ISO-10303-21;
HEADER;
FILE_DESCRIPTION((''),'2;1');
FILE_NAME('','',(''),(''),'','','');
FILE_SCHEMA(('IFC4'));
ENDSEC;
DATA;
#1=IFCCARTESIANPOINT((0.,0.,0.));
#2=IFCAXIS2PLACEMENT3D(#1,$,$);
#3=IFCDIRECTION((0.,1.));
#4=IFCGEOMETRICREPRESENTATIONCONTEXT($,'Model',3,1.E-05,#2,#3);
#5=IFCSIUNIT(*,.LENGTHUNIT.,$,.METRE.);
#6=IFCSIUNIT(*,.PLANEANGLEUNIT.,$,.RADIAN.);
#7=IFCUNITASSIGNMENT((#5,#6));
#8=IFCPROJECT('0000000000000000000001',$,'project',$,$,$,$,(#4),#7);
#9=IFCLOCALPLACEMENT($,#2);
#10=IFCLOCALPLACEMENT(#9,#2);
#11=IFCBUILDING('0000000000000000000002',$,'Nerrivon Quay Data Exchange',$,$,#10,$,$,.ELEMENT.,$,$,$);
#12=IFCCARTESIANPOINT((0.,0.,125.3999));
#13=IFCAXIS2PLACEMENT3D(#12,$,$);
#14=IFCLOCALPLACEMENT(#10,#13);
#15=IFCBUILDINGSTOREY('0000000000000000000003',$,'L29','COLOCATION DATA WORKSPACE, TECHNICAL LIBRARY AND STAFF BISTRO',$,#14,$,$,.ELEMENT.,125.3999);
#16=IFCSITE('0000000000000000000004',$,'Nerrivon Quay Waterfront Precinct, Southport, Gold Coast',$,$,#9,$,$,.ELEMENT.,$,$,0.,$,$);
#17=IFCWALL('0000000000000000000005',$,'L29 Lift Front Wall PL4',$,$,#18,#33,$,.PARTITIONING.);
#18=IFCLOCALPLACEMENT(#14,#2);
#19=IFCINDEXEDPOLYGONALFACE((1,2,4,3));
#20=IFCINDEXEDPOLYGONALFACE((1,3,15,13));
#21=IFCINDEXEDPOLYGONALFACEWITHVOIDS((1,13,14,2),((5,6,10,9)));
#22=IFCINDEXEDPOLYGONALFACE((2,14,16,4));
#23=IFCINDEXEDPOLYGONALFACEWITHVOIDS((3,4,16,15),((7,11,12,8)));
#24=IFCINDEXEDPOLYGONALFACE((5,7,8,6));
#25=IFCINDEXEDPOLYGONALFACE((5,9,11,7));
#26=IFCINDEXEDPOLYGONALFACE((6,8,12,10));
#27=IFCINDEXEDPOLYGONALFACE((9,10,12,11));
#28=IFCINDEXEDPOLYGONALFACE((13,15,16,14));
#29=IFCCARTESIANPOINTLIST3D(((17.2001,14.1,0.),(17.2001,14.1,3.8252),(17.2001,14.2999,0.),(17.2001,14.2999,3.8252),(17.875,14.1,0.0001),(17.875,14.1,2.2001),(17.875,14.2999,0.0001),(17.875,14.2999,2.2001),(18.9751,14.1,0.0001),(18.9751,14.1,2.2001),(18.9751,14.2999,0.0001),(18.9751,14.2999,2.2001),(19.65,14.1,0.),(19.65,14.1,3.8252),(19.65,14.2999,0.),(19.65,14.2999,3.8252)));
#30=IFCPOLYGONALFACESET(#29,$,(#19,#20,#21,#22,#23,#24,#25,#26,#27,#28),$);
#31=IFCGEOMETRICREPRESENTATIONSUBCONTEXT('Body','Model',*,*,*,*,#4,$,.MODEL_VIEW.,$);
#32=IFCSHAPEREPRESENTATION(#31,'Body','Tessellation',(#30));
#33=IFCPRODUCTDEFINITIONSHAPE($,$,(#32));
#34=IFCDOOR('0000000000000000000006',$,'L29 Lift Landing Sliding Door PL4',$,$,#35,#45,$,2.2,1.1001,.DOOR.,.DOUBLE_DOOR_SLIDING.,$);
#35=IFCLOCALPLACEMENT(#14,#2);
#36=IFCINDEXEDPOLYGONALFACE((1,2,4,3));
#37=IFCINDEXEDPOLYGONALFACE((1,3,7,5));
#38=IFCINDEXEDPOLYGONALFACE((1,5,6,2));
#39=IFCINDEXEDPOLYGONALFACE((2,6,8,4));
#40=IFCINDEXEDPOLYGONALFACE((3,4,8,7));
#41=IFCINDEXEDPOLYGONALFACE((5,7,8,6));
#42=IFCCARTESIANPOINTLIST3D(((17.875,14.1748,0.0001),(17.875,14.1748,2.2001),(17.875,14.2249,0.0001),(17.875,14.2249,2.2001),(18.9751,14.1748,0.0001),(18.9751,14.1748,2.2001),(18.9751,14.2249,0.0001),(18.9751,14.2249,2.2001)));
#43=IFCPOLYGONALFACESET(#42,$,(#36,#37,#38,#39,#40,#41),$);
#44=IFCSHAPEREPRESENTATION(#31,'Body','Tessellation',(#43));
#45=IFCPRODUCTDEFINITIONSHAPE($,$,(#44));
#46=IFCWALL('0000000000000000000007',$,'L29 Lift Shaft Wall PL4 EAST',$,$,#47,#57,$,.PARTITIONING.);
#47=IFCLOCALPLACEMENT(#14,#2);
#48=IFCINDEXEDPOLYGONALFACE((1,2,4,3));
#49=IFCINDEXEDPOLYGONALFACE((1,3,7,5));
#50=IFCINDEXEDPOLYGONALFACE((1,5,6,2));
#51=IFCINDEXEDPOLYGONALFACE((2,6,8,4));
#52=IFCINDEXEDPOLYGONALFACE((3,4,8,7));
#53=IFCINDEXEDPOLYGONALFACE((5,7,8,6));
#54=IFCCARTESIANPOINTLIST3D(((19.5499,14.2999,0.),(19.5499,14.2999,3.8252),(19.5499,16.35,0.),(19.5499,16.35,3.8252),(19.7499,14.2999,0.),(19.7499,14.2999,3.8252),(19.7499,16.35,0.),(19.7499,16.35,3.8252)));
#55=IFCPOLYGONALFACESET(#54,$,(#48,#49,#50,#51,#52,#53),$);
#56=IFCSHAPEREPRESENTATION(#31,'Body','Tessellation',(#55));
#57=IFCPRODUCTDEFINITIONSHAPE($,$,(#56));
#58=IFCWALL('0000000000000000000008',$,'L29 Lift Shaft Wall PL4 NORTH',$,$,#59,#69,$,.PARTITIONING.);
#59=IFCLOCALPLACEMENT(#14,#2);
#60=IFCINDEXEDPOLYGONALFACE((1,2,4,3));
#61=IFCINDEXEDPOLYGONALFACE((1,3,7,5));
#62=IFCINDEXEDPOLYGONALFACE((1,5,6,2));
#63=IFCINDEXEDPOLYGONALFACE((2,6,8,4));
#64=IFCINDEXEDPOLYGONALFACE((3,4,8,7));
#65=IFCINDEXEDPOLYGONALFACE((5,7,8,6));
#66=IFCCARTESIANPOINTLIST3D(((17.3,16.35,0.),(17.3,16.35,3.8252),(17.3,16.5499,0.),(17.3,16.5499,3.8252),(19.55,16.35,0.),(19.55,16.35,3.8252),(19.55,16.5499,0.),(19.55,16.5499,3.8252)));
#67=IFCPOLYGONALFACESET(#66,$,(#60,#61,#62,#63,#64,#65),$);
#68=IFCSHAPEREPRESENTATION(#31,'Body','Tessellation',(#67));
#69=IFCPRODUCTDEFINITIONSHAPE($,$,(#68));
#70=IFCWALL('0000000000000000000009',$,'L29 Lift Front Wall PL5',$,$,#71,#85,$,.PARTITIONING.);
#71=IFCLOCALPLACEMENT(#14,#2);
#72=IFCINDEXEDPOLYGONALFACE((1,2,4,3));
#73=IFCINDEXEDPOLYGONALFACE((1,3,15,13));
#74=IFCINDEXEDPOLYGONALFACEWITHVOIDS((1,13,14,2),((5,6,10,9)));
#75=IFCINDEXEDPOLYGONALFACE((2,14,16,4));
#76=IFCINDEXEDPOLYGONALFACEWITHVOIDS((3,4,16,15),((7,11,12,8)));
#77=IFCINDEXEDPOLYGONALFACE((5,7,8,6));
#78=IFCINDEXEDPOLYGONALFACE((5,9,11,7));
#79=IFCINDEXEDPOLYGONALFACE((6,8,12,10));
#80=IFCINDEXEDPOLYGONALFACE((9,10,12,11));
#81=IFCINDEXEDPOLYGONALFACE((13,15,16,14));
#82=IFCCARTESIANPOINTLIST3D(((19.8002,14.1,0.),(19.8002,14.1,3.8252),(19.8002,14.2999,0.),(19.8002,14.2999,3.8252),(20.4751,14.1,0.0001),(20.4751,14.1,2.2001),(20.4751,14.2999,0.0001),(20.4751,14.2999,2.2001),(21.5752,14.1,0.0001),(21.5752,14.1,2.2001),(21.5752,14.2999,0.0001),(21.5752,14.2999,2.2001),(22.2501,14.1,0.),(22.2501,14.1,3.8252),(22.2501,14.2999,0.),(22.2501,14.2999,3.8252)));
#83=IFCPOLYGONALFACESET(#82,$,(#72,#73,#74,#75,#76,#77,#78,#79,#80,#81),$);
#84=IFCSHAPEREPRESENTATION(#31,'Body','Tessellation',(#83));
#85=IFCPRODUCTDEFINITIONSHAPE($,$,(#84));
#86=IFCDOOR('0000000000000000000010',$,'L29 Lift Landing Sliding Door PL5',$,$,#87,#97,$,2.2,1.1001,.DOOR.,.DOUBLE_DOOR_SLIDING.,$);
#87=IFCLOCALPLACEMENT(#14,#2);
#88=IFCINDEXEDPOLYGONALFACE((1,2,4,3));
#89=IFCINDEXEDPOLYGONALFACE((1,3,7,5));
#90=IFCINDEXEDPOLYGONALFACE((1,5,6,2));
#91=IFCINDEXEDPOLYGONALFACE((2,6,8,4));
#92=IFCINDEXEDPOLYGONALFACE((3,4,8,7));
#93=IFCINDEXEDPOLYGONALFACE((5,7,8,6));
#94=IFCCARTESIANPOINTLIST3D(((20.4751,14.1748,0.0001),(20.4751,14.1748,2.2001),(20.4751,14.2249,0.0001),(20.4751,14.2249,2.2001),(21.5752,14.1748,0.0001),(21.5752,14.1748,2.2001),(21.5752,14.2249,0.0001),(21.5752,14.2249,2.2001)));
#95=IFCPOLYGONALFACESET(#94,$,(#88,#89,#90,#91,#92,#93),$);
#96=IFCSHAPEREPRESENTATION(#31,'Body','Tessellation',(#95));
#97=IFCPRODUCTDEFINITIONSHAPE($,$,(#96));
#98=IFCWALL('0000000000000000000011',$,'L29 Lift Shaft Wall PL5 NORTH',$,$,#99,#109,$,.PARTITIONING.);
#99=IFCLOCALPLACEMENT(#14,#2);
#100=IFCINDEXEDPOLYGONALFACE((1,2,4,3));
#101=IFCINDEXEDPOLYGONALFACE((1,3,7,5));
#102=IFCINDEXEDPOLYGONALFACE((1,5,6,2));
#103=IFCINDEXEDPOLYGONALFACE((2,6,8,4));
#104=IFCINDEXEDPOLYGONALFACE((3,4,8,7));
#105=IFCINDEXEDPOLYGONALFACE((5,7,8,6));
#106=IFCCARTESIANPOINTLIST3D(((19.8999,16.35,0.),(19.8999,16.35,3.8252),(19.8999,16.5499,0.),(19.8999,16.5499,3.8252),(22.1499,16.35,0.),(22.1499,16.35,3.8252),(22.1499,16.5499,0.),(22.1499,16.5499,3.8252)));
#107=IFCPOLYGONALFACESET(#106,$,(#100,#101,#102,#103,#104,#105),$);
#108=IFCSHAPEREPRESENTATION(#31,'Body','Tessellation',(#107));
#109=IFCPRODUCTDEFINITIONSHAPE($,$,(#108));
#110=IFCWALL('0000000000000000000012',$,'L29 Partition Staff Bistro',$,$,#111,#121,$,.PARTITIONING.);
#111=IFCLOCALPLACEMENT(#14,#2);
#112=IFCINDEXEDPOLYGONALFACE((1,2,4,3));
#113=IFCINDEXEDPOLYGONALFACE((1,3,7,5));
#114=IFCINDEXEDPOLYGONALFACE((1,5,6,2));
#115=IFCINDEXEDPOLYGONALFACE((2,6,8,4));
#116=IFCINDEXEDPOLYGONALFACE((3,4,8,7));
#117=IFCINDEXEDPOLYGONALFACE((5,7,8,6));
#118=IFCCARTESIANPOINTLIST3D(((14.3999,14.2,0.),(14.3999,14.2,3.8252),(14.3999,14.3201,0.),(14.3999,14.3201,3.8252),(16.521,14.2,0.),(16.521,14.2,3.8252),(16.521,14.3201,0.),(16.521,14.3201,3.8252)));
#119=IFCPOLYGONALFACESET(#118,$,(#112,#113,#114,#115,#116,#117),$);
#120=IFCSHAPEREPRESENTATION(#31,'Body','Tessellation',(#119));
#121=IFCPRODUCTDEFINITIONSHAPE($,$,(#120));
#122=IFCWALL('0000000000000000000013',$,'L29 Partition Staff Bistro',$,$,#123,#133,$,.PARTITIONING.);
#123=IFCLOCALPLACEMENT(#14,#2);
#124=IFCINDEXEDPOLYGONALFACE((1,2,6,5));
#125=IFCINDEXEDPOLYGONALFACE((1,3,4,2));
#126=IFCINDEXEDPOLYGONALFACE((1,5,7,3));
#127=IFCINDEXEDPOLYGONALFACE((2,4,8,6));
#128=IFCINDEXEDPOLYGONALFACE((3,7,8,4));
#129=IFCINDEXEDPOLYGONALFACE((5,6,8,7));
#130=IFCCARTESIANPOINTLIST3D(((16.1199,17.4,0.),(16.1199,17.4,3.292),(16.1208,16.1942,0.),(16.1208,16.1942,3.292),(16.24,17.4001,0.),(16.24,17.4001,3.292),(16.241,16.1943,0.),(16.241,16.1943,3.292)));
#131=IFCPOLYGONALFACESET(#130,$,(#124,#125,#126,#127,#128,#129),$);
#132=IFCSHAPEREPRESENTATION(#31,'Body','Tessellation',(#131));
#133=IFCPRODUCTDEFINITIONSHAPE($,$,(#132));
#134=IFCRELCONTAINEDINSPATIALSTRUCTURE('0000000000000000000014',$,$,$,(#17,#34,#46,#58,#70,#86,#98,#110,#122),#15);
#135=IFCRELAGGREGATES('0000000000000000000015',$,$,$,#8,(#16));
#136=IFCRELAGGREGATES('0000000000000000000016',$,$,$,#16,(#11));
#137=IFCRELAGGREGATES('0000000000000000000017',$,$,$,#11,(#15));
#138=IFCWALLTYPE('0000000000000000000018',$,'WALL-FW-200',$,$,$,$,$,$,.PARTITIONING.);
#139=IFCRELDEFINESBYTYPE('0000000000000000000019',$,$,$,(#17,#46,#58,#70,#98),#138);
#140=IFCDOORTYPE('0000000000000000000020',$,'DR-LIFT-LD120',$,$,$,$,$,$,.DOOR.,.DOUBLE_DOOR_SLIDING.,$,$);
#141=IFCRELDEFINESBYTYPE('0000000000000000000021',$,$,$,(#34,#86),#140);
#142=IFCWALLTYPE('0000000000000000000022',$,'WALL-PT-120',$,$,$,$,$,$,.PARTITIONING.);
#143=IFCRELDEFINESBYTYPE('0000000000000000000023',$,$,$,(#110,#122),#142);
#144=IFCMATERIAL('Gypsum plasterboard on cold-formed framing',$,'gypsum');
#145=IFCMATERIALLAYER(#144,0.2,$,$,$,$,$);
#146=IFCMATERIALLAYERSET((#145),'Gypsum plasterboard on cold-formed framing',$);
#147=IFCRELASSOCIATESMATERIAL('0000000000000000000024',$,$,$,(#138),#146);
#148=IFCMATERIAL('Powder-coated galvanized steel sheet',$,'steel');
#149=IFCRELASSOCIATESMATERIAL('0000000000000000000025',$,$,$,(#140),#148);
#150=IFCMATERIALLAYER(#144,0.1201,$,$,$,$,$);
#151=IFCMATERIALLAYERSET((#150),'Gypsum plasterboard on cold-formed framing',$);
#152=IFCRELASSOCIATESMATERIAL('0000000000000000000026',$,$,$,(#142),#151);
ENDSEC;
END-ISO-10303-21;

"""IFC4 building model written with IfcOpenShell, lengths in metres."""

from ifc_helpers import new_model, si_unit, direction, frame, frame_2d, origin, place, context, subcontext, project, spatial, rectangle, extrude, material, layer, layer_set, type_object, element, fill, save


model = new_model("IFC4")

# Units and contexts
model_context = context("Model", 3, precision=1e-05, world=origin(), true_north=direction((0.0, 1.0)))
body_context = subcontext(model_context, "Body", "Model", "MODEL_VIEW")
ifc_project = project(units=[si_unit("LENGTHUNIT", "METRE"), si_unit("PLANEANGLEUNIT", "RADIAN")], contexts=[model_context])

# Site, building, storey
site_placement = place(None, origin())
site = spatial("IfcSite", under=ifc_project, at=site_placement, Name="Nerrivon Quay Waterfront Precinct, Southport, Gold Coast", CompositionType="ELEMENT", RefElevation=0.0)
building_placement = place(site_placement, origin())
building = spatial("IfcBuilding", under=site, at=building_placement, Name="Nerrivon Quay Data Exchange", CompositionType="ELEMENT")
storey_placement = place(building_placement, frame((0.0, 0.0, 125.3999)))
storey = spatial("IfcBuildingStorey", under=building, at=storey_placement, Name="L29", Description="COLOCATION DATA WORKSPACE, TECHNICAL LIBRARY AND STAFF BISTRO", CompositionType="ELEMENT", Elevation=125.3999)

# Shared definitions
ifc_material_1 = material(Name="Powder-coated galvanized steel sheet", Category="steel")
ifc_material_2 = material(Name="Gypsum plasterboard on cold-formed framing", Category="gypsum")
ifc_layer_1 = layer(ifc_material_2, 0.2)
ifc_layer_set_1 = layer_set([ifc_layer_1], Name="Gypsum plasterboard on cold-formed framing")
wall_type_1 = type_object("IfcWallType", Name="WALL-FW-200", PredefinedType="PARTITIONING", material=ifc_layer_set_1)
door_type_1 = type_object("IfcDoorType", Name="DR-LIFT-LD120", OperationType="DOUBLE_DOOR_SLIDING", PredefinedType="DOOR", material=ifc_material_1)

# Wall, opening, door
wall_1_placement = place(storey_placement, frame((17.2, 14.2, 0.0), z_axis=(0.0, 0.0, 1.0), x_axis=(1.0, 0.0, 0.0)))
wall_1 = element("IfcWall", 1, at=wall_1_placement, inside=storey, type_object=wall_type_1, Name="L29 Lift Front Wall PL4", PredefinedType="PARTITIONING", context=body_context, shape_type="SweptSolid", body=[
    extrude(rectangle(XDim=2.45, YDim=0.2, at=frame_2d((1.2251, 0.0))), origin(), (0.0, 0.0, 1.0), 3.8252),
])
opening_1_placement = place(wall_1_placement, frame((0.675, 0.0, 0.0)))
opening_1 = element("IfcOpeningElement", 2, at=opening_1_placement, cuts=wall_1, PredefinedType="OPENING", context=body_context, shape_type="SweptSolid", body=[
    extrude(rectangle(XDim=1.1001, YDim=2.2, at=frame_2d((0.55, 1.1001))), frame((0.0, 0.1099, 0.0), z_axis=(0.0, -1.0, 0.0), x_axis=(1.0, 0.0, 0.0)), (0.0, 0.0, 1.0), 0.22),
])
door_1_placement = place(opening_1_placement, origin())
door_1 = element("IfcDoor", 3, at=door_1_placement, inside=storey, type_object=door_type_1, Name="L29 Lift Landing Sliding Door PL4", OperationType="DOUBLE_DOOR_SLIDING", OverallHeight=2.2, OverallWidth=1.1001, PredefinedType="DOOR", context=body_context, shape_type="SweptSolid", body=[
    extrude(rectangle(XDim=1.1001, YDim=2.2, at=frame_2d((0.55, 1.1001))), frame((0.0, 0.0249, 0.0), z_axis=(0.0, -1.0, 0.0), x_axis=(1.0, 0.0, 0.0)), (0.0, 0.0, 1.0), 0.05),
])
fill(opening_1, door_1)

# Walls
wall_2_placement = place(storey_placement, frame((19.6499, 14.3, 0.0), z_axis=(0.0, 0.0, 1.0), x_axis=(0.0, 1.0, 0.0)))
element("IfcWall", 4, at=wall_2_placement, inside=storey, type_object=wall_type_1, Name="L29 Lift Shaft Wall PL4 EAST", PredefinedType="PARTITIONING", context=body_context, shape_type="SweptSolid", body=[
    extrude(rectangle(XDim=2.05, YDim=0.2, at=frame_2d((1.0249, 0.0))), origin(), (0.0, 0.0, 1.0), 3.8252),
])
wall_3_placement = place(storey_placement, frame((17.3, 16.45, 0.0), z_axis=(0.0, 0.0, 1.0), x_axis=(1.0, 0.0, 0.0)))
element("IfcWall", 5, at=wall_3_placement, inside=storey, type_object=wall_type_1, Name="L29 Lift Shaft Wall PL4 NORTH", PredefinedType="PARTITIONING", context=body_context, shape_type="SweptSolid", body=[
    extrude(rectangle(XDim=2.25, YDim=0.2, at=frame_2d((1.125, 0.0))), origin(), (0.0, 0.0, 1.0), 3.8252),
])

# Wall, opening, door
wall_4_placement = place(storey_placement, frame((19.8, 14.2, 0.0), z_axis=(0.0, 0.0, 1.0), x_axis=(1.0, 0.0, 0.0)))
wall_4 = element("IfcWall", 6, at=wall_4_placement, inside=storey, type_object=wall_type_1, Name="L29 Lift Front Wall PL5", PredefinedType="PARTITIONING", context=body_context, shape_type="SweptSolid", body=[
    extrude(rectangle(XDim=2.45, YDim=0.2, at=frame_2d((1.2251, 0.0))), origin(), (0.0, 0.0, 1.0), 3.8252),
])
opening_2_placement = place(wall_4_placement, frame((0.675, 0.0, 0.0)))
opening_2 = element("IfcOpeningElement", 7, at=opening_2_placement, cuts=wall_4, PredefinedType="OPENING", context=body_context, shape_type="SweptSolid", body=[
    extrude(rectangle(XDim=1.1001, YDim=2.2, at=frame_2d((0.55, 1.1001))), frame((0.0, 0.1099, 0.0), z_axis=(0.0, -1.0, 0.0), x_axis=(1.0, 0.0, 0.0)), (0.0, 0.0, 1.0), 0.22),
])
door_2_placement = place(opening_2_placement, origin())
door_2 = element("IfcDoor", 8, at=door_2_placement, inside=storey, type_object=door_type_1, Name="L29 Lift Landing Sliding Door PL5", OperationType="DOUBLE_DOOR_SLIDING", OverallHeight=2.2, OverallWidth=1.1001, PredefinedType="DOOR", context=body_context, shape_type="SweptSolid", body=[
    extrude(rectangle(XDim=1.1001, YDim=2.2, at=frame_2d((0.55, 1.1001))), frame((0.0, 0.0249, 0.0), z_axis=(0.0, -1.0, 0.0), x_axis=(1.0, 0.0, 0.0)), (0.0, 0.0, 1.0), 0.05),
])
fill(opening_2, door_2)

# Walls
wall_5_placement = place(storey_placement, frame((19.8999, 16.45, 0.0), z_axis=(0.0, 0.0, 1.0), x_axis=(1.0, 0.0, 0.0)))
element("IfcWall", 9, at=wall_5_placement, inside=storey, type_object=wall_type_1, Name="L29 Lift Shaft Wall PL5 NORTH", PredefinedType="PARTITIONING", context=body_context, shape_type="SweptSolid", body=[
    extrude(rectangle(XDim=2.25, YDim=0.2, at=frame_2d((1.125, 0.0))), origin(), (0.0, 0.0, 1.0), 3.8252),
])
ifc_layer_2 = layer(ifc_material_2, 0.1201)
ifc_layer_set_2 = layer_set([ifc_layer_2], Name="Gypsum plasterboard on cold-formed framing")
wall_type_2 = type_object("IfcWallType", Name="WALL-PT-120", PredefinedType="PARTITIONING", material=ifc_layer_set_2)
wall_6_placement = place(storey_placement, frame((14.3999, 14.26, 0.0), z_axis=(0.0, 0.0, 1.0), x_axis=(1.0, 0.0, 0.0)))
element("IfcWall", 10, at=wall_6_placement, inside=storey, type_object=wall_type_2, Name="L29 Partition Staff Bistro", PredefinedType="PARTITIONING", context=body_context, shape_type="SweptSolid", body=[
    extrude(rectangle(XDim=2.1211, YDim=0.1201, at=frame_2d((1.0605, 0.0))), origin(), (0.0, 0.0, 1.0), 3.8252),
])
wall_7_placement = place(storey_placement, frame((16.1809, 16.1941, 0.0), z_axis=(0.0, 0.0, 1.0), x_axis=(-0.00081, 1.0, 0.0)))
element("IfcWall", 11, at=wall_7_placement, inside=storey, type_object=wall_type_2, Name="L29 Partition Staff Bistro", PredefinedType="PARTITIONING", context=body_context, shape_type="SweptSolid", body=[
    extrude(rectangle(XDim=1.2058, YDim=0.1201, at=frame_2d((0.603, 0.0))), origin(), (0.0, 0.0, 1.0), 3.292),
])

save(model, "model.ifc")
